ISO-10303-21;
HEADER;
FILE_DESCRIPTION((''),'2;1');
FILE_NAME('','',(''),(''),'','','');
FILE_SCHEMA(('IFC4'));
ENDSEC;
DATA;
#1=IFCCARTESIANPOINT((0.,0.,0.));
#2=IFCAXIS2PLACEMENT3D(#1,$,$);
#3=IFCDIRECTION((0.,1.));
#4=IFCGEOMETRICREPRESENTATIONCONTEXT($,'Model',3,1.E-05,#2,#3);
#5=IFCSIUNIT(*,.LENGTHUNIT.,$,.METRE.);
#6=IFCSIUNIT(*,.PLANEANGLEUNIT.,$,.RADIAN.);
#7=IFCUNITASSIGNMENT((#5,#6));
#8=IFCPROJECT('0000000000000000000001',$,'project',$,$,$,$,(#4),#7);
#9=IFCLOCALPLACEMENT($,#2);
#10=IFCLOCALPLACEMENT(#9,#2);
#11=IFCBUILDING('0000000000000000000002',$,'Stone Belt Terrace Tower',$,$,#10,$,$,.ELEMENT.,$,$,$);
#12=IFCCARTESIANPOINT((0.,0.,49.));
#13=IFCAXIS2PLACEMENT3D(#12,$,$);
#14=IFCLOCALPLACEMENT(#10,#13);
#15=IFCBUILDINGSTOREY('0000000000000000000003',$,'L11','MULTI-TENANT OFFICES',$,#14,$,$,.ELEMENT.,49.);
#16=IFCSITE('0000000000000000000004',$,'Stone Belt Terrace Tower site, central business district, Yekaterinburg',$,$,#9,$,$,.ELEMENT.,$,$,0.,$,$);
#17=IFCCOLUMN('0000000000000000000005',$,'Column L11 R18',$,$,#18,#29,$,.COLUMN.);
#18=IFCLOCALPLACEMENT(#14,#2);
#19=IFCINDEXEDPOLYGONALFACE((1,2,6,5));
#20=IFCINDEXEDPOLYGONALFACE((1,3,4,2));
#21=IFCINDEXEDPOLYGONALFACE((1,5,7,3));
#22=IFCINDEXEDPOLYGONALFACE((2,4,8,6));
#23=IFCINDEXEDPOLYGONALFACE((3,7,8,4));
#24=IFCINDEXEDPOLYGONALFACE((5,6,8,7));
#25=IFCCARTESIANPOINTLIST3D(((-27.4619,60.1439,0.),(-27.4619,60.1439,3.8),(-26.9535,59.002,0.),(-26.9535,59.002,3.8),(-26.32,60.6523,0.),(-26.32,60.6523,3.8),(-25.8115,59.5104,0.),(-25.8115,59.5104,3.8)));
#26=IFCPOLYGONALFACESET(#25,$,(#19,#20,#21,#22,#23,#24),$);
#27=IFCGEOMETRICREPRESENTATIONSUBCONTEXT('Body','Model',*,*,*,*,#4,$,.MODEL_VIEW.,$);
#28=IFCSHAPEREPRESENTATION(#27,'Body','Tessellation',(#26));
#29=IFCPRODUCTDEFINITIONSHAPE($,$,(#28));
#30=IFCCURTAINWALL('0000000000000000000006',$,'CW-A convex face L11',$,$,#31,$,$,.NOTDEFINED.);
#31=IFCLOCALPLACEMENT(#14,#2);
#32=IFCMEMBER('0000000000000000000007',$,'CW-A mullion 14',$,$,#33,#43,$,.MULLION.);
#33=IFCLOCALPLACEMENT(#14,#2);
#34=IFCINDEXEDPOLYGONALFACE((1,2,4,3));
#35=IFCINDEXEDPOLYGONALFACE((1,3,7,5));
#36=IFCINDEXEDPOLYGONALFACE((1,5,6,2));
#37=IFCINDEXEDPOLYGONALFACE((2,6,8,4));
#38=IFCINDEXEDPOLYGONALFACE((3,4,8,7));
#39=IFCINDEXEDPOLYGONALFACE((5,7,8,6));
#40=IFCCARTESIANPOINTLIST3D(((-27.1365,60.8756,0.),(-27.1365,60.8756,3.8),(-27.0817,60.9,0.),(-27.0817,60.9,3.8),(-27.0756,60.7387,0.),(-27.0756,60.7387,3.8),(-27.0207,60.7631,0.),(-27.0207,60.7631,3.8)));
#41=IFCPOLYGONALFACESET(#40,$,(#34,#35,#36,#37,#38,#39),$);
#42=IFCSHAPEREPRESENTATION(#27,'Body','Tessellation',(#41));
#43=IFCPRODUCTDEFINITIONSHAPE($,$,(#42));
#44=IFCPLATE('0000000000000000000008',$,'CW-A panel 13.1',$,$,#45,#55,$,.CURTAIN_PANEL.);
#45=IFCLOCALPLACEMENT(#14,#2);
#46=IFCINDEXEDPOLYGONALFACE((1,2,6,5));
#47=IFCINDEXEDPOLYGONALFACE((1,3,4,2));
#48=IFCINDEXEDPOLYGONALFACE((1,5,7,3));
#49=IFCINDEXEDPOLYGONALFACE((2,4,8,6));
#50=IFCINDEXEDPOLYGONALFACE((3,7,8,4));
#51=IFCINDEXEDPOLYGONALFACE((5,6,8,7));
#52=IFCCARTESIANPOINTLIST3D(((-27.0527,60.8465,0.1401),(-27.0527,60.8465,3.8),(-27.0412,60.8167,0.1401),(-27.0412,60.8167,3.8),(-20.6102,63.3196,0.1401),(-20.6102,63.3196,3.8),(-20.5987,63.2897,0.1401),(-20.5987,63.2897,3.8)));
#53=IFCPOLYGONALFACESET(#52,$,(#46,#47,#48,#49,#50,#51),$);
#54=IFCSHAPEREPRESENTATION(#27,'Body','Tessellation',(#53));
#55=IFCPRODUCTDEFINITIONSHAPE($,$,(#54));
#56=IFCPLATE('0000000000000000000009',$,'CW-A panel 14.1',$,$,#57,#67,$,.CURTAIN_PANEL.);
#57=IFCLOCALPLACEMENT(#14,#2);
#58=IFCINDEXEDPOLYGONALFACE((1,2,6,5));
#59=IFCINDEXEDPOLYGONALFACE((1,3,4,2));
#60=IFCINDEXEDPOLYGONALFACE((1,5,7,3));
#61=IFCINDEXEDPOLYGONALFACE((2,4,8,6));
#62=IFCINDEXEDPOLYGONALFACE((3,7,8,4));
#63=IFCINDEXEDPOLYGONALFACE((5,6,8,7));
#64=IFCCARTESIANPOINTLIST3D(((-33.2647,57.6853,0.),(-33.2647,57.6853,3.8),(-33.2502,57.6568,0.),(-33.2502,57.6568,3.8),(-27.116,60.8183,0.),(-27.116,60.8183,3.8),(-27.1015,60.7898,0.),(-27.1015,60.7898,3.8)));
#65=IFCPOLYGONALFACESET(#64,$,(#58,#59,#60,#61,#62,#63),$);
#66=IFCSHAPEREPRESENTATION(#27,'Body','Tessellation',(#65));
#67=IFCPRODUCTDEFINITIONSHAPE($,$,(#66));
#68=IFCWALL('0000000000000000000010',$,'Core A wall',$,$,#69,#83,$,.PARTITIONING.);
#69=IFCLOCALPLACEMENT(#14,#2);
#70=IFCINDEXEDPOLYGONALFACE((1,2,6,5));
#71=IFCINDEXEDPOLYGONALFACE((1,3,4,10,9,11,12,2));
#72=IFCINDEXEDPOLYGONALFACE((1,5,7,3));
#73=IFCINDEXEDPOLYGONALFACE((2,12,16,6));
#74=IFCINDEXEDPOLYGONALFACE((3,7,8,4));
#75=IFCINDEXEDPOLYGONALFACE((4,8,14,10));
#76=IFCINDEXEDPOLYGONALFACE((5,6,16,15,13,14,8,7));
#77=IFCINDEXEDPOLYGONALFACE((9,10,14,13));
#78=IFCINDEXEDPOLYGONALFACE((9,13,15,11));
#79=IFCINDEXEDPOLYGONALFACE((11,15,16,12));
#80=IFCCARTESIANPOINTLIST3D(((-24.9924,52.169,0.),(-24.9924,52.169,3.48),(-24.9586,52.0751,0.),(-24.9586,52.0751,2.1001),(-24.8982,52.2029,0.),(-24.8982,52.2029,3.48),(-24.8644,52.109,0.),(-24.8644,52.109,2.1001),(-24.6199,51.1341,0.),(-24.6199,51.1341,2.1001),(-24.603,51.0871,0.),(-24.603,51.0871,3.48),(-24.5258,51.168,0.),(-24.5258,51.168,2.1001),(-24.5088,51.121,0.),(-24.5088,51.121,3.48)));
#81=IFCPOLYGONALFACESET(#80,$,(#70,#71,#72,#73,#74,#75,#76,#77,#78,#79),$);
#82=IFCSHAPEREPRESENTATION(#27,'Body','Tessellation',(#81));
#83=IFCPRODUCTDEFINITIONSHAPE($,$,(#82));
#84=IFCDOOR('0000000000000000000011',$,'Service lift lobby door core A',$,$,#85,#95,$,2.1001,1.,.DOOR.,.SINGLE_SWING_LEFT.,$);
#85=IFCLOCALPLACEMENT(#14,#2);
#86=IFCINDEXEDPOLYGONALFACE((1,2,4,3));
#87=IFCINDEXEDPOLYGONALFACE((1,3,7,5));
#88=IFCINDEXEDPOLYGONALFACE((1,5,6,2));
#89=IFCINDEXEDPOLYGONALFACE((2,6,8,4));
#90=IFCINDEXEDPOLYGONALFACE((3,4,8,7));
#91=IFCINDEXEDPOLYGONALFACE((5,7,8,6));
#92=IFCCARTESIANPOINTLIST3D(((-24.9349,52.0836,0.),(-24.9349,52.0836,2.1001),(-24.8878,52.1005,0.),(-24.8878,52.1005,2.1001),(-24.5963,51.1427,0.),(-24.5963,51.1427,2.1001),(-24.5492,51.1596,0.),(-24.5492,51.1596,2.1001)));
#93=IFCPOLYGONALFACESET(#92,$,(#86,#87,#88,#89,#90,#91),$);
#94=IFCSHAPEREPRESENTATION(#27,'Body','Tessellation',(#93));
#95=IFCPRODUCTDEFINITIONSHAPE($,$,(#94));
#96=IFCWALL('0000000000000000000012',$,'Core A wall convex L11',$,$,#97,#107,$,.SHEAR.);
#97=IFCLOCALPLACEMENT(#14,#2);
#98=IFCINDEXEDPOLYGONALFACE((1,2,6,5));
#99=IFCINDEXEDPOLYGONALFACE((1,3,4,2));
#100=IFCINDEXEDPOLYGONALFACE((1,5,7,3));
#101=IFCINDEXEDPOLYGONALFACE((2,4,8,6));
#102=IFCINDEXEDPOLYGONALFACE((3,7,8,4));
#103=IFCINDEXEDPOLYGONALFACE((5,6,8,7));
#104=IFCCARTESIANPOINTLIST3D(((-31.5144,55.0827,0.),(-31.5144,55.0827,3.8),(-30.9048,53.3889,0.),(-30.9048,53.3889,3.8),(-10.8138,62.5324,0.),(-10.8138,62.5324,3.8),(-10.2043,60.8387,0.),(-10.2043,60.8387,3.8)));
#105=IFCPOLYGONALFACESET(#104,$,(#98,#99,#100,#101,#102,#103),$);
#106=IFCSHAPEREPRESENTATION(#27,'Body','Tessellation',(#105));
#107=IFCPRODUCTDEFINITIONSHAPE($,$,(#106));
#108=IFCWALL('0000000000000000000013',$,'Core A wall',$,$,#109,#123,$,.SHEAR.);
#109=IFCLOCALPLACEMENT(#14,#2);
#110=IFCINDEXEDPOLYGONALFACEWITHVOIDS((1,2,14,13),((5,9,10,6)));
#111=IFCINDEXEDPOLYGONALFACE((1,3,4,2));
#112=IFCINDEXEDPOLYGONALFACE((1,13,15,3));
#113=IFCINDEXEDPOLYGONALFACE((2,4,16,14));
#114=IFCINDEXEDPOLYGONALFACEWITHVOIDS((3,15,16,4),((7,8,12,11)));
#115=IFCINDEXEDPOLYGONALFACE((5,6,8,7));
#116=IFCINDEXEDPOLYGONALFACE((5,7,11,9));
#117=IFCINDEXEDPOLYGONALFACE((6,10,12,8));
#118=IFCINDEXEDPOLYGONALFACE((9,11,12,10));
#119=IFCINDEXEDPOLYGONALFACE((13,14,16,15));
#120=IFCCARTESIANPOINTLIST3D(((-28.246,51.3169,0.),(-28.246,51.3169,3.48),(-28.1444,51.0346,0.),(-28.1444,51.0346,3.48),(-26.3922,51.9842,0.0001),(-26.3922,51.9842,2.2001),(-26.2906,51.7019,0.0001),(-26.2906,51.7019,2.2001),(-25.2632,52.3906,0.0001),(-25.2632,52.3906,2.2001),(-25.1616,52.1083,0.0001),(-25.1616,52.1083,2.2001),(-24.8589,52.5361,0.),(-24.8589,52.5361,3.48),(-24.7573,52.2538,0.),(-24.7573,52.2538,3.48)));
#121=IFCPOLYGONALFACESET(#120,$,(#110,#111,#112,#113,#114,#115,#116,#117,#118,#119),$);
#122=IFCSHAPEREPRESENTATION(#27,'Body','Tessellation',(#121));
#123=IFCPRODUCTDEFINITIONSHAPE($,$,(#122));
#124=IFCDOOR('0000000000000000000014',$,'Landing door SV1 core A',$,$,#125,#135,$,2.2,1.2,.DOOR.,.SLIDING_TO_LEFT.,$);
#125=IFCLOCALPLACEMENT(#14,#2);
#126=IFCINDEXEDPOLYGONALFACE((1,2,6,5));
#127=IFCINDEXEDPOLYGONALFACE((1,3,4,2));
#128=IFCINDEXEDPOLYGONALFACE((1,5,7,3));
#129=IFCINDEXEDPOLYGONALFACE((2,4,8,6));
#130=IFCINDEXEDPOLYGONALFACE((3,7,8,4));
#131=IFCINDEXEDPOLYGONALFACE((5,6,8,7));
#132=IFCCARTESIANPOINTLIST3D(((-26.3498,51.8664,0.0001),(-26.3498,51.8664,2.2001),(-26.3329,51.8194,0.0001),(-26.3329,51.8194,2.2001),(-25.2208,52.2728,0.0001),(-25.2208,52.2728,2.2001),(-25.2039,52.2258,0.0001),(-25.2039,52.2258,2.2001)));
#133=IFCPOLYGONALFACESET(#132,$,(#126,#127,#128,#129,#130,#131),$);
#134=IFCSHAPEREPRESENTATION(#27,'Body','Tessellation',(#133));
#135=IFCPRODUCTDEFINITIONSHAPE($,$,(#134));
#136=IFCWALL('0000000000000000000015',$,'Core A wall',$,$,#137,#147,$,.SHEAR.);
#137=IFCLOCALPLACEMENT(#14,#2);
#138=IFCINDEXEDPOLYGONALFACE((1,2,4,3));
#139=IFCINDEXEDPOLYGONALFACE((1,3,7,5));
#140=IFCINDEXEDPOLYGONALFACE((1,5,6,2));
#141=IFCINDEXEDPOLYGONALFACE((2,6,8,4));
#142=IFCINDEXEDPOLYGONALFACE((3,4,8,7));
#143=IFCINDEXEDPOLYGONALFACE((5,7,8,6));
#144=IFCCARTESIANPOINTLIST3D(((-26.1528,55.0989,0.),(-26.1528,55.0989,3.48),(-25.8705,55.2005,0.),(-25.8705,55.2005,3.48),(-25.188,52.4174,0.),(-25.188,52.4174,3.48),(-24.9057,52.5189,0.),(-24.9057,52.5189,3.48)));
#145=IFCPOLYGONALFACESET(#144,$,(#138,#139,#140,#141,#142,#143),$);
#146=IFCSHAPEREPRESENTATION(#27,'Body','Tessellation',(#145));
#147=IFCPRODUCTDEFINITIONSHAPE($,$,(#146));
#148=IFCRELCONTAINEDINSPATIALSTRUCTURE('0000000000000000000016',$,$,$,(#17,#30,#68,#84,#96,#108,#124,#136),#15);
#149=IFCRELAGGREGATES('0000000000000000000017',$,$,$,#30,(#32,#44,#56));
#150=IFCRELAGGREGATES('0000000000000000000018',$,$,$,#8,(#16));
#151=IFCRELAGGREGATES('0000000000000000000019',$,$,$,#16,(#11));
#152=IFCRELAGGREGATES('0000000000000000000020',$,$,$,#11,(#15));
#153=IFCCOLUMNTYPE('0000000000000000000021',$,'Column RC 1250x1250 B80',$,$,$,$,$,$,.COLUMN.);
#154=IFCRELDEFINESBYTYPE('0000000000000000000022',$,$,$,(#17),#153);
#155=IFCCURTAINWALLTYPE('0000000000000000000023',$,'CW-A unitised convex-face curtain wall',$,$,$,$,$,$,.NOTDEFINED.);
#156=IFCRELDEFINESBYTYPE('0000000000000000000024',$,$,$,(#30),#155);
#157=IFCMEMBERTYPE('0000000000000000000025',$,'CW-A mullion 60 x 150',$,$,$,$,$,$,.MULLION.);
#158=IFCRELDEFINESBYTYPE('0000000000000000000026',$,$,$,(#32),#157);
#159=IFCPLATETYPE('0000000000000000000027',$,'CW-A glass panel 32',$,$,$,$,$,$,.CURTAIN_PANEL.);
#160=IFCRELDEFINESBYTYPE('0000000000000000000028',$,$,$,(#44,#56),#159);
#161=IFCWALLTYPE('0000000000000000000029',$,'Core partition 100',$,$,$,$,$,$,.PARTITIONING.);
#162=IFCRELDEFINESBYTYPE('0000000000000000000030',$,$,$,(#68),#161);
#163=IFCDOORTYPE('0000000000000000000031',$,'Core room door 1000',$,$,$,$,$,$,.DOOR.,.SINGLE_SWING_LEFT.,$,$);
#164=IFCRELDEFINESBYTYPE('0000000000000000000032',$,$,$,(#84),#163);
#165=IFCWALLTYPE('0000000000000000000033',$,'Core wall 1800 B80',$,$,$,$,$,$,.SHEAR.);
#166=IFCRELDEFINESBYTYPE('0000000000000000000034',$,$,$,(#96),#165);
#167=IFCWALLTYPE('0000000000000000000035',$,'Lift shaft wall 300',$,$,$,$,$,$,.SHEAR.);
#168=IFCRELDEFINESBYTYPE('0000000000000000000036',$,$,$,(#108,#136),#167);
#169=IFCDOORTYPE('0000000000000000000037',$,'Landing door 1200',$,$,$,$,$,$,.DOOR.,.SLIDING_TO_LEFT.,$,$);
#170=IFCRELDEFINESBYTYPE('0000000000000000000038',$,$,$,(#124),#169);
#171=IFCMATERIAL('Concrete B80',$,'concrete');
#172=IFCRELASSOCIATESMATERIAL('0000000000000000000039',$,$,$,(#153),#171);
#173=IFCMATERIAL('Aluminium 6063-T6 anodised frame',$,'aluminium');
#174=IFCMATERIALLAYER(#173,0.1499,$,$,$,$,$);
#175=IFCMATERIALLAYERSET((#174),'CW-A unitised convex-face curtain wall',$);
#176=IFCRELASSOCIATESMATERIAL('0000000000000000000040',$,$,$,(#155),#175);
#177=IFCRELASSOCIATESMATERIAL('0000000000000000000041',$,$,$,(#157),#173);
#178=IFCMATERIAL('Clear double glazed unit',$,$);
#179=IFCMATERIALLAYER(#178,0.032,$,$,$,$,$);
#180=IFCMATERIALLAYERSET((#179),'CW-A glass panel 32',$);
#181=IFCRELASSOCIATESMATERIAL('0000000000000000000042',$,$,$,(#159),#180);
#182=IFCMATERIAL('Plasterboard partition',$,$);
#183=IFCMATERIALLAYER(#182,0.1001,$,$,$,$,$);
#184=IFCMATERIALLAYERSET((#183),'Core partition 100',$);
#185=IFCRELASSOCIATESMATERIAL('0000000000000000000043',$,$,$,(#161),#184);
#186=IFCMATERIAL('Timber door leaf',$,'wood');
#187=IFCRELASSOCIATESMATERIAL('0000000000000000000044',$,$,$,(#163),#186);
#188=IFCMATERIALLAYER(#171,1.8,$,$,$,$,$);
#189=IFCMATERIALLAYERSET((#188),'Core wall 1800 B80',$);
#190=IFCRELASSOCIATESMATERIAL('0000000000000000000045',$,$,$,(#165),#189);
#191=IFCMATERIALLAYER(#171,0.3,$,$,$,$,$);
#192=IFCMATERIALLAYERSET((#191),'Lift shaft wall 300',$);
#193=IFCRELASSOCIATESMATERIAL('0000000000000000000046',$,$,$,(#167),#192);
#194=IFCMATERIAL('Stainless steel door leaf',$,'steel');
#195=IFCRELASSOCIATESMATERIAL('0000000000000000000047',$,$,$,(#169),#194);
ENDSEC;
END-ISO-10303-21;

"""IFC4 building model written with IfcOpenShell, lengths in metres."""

from ifc_helpers import new_model, si_unit, direction, frame, frame_2d, origin, origin_2d, place, context, subcontext, project, spatial, rectangle, extrude, material, layer, layer_set, material_profile, profile_set, type_object, element, fill, aggregate, save


model = new_model("IFC4")

# Units and contexts
model_context = context("Model", 3, precision=1e-05, world=origin(), true_north=direction((0.0, 1.0)))
body_context = subcontext(model_context, "Body", "Model", "MODEL_VIEW")
ifc_project = project(units=[si_unit("LENGTHUNIT", "METRE"), si_unit("PLANEANGLEUNIT", "RADIAN")], contexts=[model_context])

# Site, building, storey
site_placement = place(None, origin())
site = spatial("IfcSite", under=ifc_project, at=site_placement, Name="Stone Belt Terrace Tower site, central business district, Yekaterinburg", CompositionType="ELEMENT", RefElevation=0.0)
building_placement = place(site_placement, origin())
building = spatial("IfcBuilding", under=site, at=building_placement, Name="Stone Belt Terrace Tower", CompositionType="ELEMENT")
storey_placement = place(building_placement, frame((0.0, 0.0, 49.0)))
storey = spatial("IfcBuildingStorey", under=building, at=storey_placement, Name="L11", Description="MULTI-TENANT OFFICES", CompositionType="ELEMENT", Elevation=49.0)

# Column
ifc_material_1 = material(Name="Concrete B80", Category="concrete")
ifc_material_profile_1 = material_profile(ifc_material_1, rectangle(XDim=1.25, YDim=1.25, at=origin_2d()), Name="RC 1250x1250")
ifc_profile_set_1 = profile_set([ifc_material_profile_1], Name="Concrete B80")
column_type = type_object("IfcColumnType", Name="Column RC 1250x1250 B80", PredefinedType="COLUMN", material=ifc_profile_set_1)
column_placement = place(storey_placement, frame((-26.6367, 59.8271, 0.0), z_axis=(0.0, 0.0, 1.0), x_axis=(0.913545, 0.406737, 0.0)))
element("IfcColumn", 1, at=column_placement, inside=storey, type_object=column_type, Name="Column L11 R18", PredefinedType="COLUMN", context=body_context, shape_type="SweptSolid", body=[
    extrude(rectangle(XDim=1.25, YDim=1.25, at=origin_2d()), origin(), (0.0, 0.0, 1.0), 3.8),
])

# Curtain wall, member, plates
ifc_material_2 = material(Name="Aluminium 6063-T6 anodised frame", Category="aluminium")
ifc_layer_1 = layer(ifc_material_2, 0.1499)
ifc_layer_set_1 = layer_set([ifc_layer_1], Name="CW-A unitised convex-face curtain wall")
curtain_wall_type = type_object("IfcCurtainWallType", Name="CW-A unitised convex-face curtain wall", PredefinedType="NOTDEFINED", material=ifc_layer_set_1)
curtain_wall_placement = place(storey_placement, origin())
curtain_wall = element("IfcCurtainWall", 2, at=curtain_wall_placement, inside=storey, type_object=curtain_wall_type, Name="CW-A convex face L11", PredefinedType="NOTDEFINED")
ifc_material_profile_2 = material_profile(ifc_material_2, rectangle(XDim=0.1499, YDim=0.0601, at=origin_2d()), Name="Aluminium 6063-T6 60x150")
ifc_profile_set_2 = profile_set([ifc_material_profile_2], Name="Aluminium 6063-T6 anodised frame")
member_type = type_object("IfcMemberType", Name="CW-A mullion 60 x 150", PredefinedType="MULLION", material=ifc_profile_set_2)
member_placement = place(storey_placement, frame((-27.0786, 60.8193, 0.0), z_axis=(0.0, 0.0, 1.0), x_axis=(0.406737, -0.913545, 0.0)))
member = element("IfcMember", 3, at=member_placement, type_object=member_type, Name="CW-A mullion 14", PredefinedType="MULLION", context=body_context, shape_type="SweptSolid", body=[
    extrude(rectangle(XDim=0.1499, YDim=0.0601, at=origin_2d()), origin(), (0.0, 0.0, 1.0), 3.8),
])
ifc_material_3 = material(Name="Clear double glazed unit")
ifc_layer_2 = layer(ifc_material_3, 0.032)
ifc_layer_set_2 = layer_set([ifc_layer_2], Name="CW-A glass panel 32")
plate_type = type_object("IfcPlateType", Name="CW-A glass panel 32", PredefinedType="CURTAIN_PANEL", material=ifc_layer_set_2)
plate_1_placement = place(storey_placement, frame((-23.8257, 62.0681, 0.1401), z_axis=(0.0, 0.0, 1.0), x_axis=(-0.93358, -0.358368, 0.0)))
plate_1 = element("IfcPlate", 4, at=plate_1_placement, type_object=plate_type, Name="CW-A panel 13.1", PredefinedType="CURTAIN_PANEL", context=body_context, shape_type="SweptSolid", body=[
    extrude(rectangle(XDim=6.9009, YDim=0.032, at=origin_2d()), origin(), (0.0, 0.0, 1.0), 3.6599),
])
plate_2_placement = place(storey_placement, frame((-30.1831, 59.2375, 0.0), z_axis=(0.0, 0.0, 1.0), x_axis=(-0.891007, -0.45399, 0.0)))
plate_2 = element("IfcPlate", 5, at=plate_2_placement, type_object=plate_type, Name="CW-A panel 14.1", PredefinedType="CURTAIN_PANEL", context=body_context, shape_type="SweptSolid", body=[
    extrude(rectangle(XDim=6.9009, YDim=0.032, at=origin_2d()), origin(), (0.0, 0.0, 1.0), 3.8),
])
aggregate(curtain_wall, [member, plate_1, plate_2])

# Wall, opening, door
ifc_material_4 = material(Name="Plasterboard partition")
ifc_layer_3 = layer(ifc_material_4, 0.1001)
ifc_layer_set_3 = layer_set([ifc_layer_3], Name="Core partition 100")
wall_type_1 = type_object("IfcWallType", Name="Core partition 100", PredefinedType="PARTITIONING", material=ifc_layer_set_3)
wall_1_placement = place(storey_placement, frame((-24.5559, 51.104, 0.0), z_axis=(0.0, 0.0, 1.0), x_axis=(-0.338622, 0.940923, 0.0)))
wall_1 = element("IfcWall", 6, at=wall_1_placement, inside=storey, type_object=wall_type_1, Name="Core A wall", PredefinedType="PARTITIONING", context=body_context, shape_type="SweptSolid", body=[
    extrude(rectangle(XDim=1.1499, YDim=0.1001, at=frame_2d((0.575, 0.0))), origin(), (0.0, 0.0, 1.0), 3.48),
])
opening_1_placement = place(wall_1_placement, frame((0.05, 0.0, 0.0)))
opening_1 = element("IfcOpeningElement", 7, at=opening_1_placement, cuts=wall_1, PredefinedType="OPENING", context=body_context, shape_type="SweptSolid", body=[
    extrude(rectangle(XDim=1.0, YDim=2.1001, at=frame_2d((0.5, 1.05))), frame((0.0, 0.0601, 0.0), z_axis=(0.0, -1.0, 0.0), x_axis=(1.0, 0.0, 0.0)), (0.0, 0.0, 1.0), 0.1201),
])
ifc_material_5 = material(Name="Timber door leaf", Category="wood")
door_type_1 = type_object("IfcDoorType", Name="Core room door 1000", OperationType="SINGLE_SWING_LEFT", PredefinedType="DOOR", material=ifc_material_5)
door_1_placement = place(opening_1_placement, origin())
door_1 = element("IfcDoor", 8, at=door_1_placement, inside=storey, type_object=door_type_1, Name="Service lift lobby door core A", OperationType="SINGLE_SWING_LEFT", OverallHeight=2.1001, OverallWidth=1.0, PredefinedType="DOOR", context=body_context, shape_type="SweptSolid", body=[
    extrude(rectangle(XDim=1.0, YDim=2.1001, at=frame_2d((0.5, 1.05))), frame((0.0, 0.0249, 0.0), z_axis=(0.0, -1.0, 0.0), x_axis=(1.0, 0.0, 0.0)), (0.0, 0.0, 1.0), 0.05),
])
fill(opening_1, door_1)

# Wall
ifc_layer_4 = layer(ifc_material_1, 1.8)
ifc_layer_set_4 = layer_set([ifc_layer_4], Name="Core wall 1800 B80")
wall_type_2 = type_object("IfcWallType", Name="Core wall 1800 B80", PredefinedType="SHEAR", material=ifc_layer_set_4)
wall_2_placement = place(storey_placement, frame((-31.2095, 54.2358, 0.0), z_axis=(0.0, 0.0, 1.0), x_axis=(0.940923, 0.338621, 0.0)))
element("IfcWall", 9, at=wall_2_placement, inside=storey, type_object=wall_type_2, Name="Core A wall convex L11", PredefinedType="SHEAR", context=body_context, shape_type="SweptSolid", body=[
    extrude(rectangle(XDim=22.0002, YDim=1.8, at=frame_2d((11.0, 0.0))), origin(), (0.0, 0.0, 1.0), 3.8),
])

# Wall, opening, door
ifc_layer_5 = layer(ifc_material_1, 0.3)
ifc_layer_set_5 = layer_set([ifc_layer_5], Name="Lift shaft wall 300")
wall_type_3 = type_object("IfcWallType", Name="Lift shaft wall 300", PredefinedType="SHEAR", material=ifc_layer_set_5)
wall_3_placement = place(storey_placement, frame((-28.1951, 51.1758, 0.0), z_axis=(0.0, 0.0, 1.0), x_axis=(0.940901, 0.338681, 0.0)))
wall_3 = element("IfcWall", 10, at=wall_3_placement, inside=storey, type_object=wall_type_3, Name="Core A wall", PredefinedType="SHEAR", context=body_context, shape_type="SweptSolid", body=[
    extrude(rectangle(XDim=3.5999, YDim=0.3, at=frame_2d((1.7998, 0.0))), origin(), (0.0, 0.0, 1.0), 3.48),
])
opening_2_placement = place(wall_3_placement, frame((1.97, 0.0, 0.0)))
opening_2 = element("IfcOpeningElement", 11, at=opening_2_placement, cuts=wall_3, PredefinedType="OPENING", context=body_context, shape_type="SweptSolid", body=[
    extrude(rectangle(XDim=1.2, YDim=2.2, at=frame_2d((0.6001, 1.1001))), frame((0.0, 0.1599, 0.0), z_axis=(0.0, -1.0, 0.0), x_axis=(1.0, 0.0, 0.0)), (0.0, 0.0, 1.0), 0.3201),
])
ifc_material_6 = material(Name="Stainless steel door leaf", Category="steel")
door_type_2 = type_object("IfcDoorType", Name="Landing door 1200", OperationType="SLIDING_TO_LEFT", PredefinedType="DOOR", material=ifc_material_6)
door_2_placement = place(opening_2_placement, origin())
door_2 = element("IfcDoor", 12, at=door_2_placement, inside=storey, type_object=door_type_2, Name="Landing door SV1 core A", OperationType="SLIDING_TO_LEFT", OverallHeight=2.2, OverallWidth=1.2, PredefinedType="DOOR", context=body_context, shape_type="SweptSolid", body=[
    extrude(rectangle(XDim=1.2, YDim=2.2, at=frame_2d((0.6001, 1.1001))), frame((0.0, 0.0249, 0.0), z_axis=(0.0, -1.0, 0.0), x_axis=(1.0, 0.0, 0.0)), (0.0, 0.0, 1.0), 0.05),
])
fill(opening_2, door_2)

# Wall
wall_4_placement = place(storey_placement, frame((-25.0469, 52.4683, 0.0), z_axis=(0.0, 0.0, 1.0), x_axis=(-0.33855, 0.940949, 0.0)))
element("IfcWall", 13, at=wall_4_placement, inside=storey, type_object=wall_type_3, Name="Core A wall", PredefinedType="SHEAR", context=body_context, shape_type="SweptSolid", body=[
    extrude(rectangle(XDim=2.8499, YDim=0.3, at=frame_2d((1.4248, 0.0))), origin(), (0.0, 0.0, 1.0), 3.48),
])

save(model, "model.ifc")
